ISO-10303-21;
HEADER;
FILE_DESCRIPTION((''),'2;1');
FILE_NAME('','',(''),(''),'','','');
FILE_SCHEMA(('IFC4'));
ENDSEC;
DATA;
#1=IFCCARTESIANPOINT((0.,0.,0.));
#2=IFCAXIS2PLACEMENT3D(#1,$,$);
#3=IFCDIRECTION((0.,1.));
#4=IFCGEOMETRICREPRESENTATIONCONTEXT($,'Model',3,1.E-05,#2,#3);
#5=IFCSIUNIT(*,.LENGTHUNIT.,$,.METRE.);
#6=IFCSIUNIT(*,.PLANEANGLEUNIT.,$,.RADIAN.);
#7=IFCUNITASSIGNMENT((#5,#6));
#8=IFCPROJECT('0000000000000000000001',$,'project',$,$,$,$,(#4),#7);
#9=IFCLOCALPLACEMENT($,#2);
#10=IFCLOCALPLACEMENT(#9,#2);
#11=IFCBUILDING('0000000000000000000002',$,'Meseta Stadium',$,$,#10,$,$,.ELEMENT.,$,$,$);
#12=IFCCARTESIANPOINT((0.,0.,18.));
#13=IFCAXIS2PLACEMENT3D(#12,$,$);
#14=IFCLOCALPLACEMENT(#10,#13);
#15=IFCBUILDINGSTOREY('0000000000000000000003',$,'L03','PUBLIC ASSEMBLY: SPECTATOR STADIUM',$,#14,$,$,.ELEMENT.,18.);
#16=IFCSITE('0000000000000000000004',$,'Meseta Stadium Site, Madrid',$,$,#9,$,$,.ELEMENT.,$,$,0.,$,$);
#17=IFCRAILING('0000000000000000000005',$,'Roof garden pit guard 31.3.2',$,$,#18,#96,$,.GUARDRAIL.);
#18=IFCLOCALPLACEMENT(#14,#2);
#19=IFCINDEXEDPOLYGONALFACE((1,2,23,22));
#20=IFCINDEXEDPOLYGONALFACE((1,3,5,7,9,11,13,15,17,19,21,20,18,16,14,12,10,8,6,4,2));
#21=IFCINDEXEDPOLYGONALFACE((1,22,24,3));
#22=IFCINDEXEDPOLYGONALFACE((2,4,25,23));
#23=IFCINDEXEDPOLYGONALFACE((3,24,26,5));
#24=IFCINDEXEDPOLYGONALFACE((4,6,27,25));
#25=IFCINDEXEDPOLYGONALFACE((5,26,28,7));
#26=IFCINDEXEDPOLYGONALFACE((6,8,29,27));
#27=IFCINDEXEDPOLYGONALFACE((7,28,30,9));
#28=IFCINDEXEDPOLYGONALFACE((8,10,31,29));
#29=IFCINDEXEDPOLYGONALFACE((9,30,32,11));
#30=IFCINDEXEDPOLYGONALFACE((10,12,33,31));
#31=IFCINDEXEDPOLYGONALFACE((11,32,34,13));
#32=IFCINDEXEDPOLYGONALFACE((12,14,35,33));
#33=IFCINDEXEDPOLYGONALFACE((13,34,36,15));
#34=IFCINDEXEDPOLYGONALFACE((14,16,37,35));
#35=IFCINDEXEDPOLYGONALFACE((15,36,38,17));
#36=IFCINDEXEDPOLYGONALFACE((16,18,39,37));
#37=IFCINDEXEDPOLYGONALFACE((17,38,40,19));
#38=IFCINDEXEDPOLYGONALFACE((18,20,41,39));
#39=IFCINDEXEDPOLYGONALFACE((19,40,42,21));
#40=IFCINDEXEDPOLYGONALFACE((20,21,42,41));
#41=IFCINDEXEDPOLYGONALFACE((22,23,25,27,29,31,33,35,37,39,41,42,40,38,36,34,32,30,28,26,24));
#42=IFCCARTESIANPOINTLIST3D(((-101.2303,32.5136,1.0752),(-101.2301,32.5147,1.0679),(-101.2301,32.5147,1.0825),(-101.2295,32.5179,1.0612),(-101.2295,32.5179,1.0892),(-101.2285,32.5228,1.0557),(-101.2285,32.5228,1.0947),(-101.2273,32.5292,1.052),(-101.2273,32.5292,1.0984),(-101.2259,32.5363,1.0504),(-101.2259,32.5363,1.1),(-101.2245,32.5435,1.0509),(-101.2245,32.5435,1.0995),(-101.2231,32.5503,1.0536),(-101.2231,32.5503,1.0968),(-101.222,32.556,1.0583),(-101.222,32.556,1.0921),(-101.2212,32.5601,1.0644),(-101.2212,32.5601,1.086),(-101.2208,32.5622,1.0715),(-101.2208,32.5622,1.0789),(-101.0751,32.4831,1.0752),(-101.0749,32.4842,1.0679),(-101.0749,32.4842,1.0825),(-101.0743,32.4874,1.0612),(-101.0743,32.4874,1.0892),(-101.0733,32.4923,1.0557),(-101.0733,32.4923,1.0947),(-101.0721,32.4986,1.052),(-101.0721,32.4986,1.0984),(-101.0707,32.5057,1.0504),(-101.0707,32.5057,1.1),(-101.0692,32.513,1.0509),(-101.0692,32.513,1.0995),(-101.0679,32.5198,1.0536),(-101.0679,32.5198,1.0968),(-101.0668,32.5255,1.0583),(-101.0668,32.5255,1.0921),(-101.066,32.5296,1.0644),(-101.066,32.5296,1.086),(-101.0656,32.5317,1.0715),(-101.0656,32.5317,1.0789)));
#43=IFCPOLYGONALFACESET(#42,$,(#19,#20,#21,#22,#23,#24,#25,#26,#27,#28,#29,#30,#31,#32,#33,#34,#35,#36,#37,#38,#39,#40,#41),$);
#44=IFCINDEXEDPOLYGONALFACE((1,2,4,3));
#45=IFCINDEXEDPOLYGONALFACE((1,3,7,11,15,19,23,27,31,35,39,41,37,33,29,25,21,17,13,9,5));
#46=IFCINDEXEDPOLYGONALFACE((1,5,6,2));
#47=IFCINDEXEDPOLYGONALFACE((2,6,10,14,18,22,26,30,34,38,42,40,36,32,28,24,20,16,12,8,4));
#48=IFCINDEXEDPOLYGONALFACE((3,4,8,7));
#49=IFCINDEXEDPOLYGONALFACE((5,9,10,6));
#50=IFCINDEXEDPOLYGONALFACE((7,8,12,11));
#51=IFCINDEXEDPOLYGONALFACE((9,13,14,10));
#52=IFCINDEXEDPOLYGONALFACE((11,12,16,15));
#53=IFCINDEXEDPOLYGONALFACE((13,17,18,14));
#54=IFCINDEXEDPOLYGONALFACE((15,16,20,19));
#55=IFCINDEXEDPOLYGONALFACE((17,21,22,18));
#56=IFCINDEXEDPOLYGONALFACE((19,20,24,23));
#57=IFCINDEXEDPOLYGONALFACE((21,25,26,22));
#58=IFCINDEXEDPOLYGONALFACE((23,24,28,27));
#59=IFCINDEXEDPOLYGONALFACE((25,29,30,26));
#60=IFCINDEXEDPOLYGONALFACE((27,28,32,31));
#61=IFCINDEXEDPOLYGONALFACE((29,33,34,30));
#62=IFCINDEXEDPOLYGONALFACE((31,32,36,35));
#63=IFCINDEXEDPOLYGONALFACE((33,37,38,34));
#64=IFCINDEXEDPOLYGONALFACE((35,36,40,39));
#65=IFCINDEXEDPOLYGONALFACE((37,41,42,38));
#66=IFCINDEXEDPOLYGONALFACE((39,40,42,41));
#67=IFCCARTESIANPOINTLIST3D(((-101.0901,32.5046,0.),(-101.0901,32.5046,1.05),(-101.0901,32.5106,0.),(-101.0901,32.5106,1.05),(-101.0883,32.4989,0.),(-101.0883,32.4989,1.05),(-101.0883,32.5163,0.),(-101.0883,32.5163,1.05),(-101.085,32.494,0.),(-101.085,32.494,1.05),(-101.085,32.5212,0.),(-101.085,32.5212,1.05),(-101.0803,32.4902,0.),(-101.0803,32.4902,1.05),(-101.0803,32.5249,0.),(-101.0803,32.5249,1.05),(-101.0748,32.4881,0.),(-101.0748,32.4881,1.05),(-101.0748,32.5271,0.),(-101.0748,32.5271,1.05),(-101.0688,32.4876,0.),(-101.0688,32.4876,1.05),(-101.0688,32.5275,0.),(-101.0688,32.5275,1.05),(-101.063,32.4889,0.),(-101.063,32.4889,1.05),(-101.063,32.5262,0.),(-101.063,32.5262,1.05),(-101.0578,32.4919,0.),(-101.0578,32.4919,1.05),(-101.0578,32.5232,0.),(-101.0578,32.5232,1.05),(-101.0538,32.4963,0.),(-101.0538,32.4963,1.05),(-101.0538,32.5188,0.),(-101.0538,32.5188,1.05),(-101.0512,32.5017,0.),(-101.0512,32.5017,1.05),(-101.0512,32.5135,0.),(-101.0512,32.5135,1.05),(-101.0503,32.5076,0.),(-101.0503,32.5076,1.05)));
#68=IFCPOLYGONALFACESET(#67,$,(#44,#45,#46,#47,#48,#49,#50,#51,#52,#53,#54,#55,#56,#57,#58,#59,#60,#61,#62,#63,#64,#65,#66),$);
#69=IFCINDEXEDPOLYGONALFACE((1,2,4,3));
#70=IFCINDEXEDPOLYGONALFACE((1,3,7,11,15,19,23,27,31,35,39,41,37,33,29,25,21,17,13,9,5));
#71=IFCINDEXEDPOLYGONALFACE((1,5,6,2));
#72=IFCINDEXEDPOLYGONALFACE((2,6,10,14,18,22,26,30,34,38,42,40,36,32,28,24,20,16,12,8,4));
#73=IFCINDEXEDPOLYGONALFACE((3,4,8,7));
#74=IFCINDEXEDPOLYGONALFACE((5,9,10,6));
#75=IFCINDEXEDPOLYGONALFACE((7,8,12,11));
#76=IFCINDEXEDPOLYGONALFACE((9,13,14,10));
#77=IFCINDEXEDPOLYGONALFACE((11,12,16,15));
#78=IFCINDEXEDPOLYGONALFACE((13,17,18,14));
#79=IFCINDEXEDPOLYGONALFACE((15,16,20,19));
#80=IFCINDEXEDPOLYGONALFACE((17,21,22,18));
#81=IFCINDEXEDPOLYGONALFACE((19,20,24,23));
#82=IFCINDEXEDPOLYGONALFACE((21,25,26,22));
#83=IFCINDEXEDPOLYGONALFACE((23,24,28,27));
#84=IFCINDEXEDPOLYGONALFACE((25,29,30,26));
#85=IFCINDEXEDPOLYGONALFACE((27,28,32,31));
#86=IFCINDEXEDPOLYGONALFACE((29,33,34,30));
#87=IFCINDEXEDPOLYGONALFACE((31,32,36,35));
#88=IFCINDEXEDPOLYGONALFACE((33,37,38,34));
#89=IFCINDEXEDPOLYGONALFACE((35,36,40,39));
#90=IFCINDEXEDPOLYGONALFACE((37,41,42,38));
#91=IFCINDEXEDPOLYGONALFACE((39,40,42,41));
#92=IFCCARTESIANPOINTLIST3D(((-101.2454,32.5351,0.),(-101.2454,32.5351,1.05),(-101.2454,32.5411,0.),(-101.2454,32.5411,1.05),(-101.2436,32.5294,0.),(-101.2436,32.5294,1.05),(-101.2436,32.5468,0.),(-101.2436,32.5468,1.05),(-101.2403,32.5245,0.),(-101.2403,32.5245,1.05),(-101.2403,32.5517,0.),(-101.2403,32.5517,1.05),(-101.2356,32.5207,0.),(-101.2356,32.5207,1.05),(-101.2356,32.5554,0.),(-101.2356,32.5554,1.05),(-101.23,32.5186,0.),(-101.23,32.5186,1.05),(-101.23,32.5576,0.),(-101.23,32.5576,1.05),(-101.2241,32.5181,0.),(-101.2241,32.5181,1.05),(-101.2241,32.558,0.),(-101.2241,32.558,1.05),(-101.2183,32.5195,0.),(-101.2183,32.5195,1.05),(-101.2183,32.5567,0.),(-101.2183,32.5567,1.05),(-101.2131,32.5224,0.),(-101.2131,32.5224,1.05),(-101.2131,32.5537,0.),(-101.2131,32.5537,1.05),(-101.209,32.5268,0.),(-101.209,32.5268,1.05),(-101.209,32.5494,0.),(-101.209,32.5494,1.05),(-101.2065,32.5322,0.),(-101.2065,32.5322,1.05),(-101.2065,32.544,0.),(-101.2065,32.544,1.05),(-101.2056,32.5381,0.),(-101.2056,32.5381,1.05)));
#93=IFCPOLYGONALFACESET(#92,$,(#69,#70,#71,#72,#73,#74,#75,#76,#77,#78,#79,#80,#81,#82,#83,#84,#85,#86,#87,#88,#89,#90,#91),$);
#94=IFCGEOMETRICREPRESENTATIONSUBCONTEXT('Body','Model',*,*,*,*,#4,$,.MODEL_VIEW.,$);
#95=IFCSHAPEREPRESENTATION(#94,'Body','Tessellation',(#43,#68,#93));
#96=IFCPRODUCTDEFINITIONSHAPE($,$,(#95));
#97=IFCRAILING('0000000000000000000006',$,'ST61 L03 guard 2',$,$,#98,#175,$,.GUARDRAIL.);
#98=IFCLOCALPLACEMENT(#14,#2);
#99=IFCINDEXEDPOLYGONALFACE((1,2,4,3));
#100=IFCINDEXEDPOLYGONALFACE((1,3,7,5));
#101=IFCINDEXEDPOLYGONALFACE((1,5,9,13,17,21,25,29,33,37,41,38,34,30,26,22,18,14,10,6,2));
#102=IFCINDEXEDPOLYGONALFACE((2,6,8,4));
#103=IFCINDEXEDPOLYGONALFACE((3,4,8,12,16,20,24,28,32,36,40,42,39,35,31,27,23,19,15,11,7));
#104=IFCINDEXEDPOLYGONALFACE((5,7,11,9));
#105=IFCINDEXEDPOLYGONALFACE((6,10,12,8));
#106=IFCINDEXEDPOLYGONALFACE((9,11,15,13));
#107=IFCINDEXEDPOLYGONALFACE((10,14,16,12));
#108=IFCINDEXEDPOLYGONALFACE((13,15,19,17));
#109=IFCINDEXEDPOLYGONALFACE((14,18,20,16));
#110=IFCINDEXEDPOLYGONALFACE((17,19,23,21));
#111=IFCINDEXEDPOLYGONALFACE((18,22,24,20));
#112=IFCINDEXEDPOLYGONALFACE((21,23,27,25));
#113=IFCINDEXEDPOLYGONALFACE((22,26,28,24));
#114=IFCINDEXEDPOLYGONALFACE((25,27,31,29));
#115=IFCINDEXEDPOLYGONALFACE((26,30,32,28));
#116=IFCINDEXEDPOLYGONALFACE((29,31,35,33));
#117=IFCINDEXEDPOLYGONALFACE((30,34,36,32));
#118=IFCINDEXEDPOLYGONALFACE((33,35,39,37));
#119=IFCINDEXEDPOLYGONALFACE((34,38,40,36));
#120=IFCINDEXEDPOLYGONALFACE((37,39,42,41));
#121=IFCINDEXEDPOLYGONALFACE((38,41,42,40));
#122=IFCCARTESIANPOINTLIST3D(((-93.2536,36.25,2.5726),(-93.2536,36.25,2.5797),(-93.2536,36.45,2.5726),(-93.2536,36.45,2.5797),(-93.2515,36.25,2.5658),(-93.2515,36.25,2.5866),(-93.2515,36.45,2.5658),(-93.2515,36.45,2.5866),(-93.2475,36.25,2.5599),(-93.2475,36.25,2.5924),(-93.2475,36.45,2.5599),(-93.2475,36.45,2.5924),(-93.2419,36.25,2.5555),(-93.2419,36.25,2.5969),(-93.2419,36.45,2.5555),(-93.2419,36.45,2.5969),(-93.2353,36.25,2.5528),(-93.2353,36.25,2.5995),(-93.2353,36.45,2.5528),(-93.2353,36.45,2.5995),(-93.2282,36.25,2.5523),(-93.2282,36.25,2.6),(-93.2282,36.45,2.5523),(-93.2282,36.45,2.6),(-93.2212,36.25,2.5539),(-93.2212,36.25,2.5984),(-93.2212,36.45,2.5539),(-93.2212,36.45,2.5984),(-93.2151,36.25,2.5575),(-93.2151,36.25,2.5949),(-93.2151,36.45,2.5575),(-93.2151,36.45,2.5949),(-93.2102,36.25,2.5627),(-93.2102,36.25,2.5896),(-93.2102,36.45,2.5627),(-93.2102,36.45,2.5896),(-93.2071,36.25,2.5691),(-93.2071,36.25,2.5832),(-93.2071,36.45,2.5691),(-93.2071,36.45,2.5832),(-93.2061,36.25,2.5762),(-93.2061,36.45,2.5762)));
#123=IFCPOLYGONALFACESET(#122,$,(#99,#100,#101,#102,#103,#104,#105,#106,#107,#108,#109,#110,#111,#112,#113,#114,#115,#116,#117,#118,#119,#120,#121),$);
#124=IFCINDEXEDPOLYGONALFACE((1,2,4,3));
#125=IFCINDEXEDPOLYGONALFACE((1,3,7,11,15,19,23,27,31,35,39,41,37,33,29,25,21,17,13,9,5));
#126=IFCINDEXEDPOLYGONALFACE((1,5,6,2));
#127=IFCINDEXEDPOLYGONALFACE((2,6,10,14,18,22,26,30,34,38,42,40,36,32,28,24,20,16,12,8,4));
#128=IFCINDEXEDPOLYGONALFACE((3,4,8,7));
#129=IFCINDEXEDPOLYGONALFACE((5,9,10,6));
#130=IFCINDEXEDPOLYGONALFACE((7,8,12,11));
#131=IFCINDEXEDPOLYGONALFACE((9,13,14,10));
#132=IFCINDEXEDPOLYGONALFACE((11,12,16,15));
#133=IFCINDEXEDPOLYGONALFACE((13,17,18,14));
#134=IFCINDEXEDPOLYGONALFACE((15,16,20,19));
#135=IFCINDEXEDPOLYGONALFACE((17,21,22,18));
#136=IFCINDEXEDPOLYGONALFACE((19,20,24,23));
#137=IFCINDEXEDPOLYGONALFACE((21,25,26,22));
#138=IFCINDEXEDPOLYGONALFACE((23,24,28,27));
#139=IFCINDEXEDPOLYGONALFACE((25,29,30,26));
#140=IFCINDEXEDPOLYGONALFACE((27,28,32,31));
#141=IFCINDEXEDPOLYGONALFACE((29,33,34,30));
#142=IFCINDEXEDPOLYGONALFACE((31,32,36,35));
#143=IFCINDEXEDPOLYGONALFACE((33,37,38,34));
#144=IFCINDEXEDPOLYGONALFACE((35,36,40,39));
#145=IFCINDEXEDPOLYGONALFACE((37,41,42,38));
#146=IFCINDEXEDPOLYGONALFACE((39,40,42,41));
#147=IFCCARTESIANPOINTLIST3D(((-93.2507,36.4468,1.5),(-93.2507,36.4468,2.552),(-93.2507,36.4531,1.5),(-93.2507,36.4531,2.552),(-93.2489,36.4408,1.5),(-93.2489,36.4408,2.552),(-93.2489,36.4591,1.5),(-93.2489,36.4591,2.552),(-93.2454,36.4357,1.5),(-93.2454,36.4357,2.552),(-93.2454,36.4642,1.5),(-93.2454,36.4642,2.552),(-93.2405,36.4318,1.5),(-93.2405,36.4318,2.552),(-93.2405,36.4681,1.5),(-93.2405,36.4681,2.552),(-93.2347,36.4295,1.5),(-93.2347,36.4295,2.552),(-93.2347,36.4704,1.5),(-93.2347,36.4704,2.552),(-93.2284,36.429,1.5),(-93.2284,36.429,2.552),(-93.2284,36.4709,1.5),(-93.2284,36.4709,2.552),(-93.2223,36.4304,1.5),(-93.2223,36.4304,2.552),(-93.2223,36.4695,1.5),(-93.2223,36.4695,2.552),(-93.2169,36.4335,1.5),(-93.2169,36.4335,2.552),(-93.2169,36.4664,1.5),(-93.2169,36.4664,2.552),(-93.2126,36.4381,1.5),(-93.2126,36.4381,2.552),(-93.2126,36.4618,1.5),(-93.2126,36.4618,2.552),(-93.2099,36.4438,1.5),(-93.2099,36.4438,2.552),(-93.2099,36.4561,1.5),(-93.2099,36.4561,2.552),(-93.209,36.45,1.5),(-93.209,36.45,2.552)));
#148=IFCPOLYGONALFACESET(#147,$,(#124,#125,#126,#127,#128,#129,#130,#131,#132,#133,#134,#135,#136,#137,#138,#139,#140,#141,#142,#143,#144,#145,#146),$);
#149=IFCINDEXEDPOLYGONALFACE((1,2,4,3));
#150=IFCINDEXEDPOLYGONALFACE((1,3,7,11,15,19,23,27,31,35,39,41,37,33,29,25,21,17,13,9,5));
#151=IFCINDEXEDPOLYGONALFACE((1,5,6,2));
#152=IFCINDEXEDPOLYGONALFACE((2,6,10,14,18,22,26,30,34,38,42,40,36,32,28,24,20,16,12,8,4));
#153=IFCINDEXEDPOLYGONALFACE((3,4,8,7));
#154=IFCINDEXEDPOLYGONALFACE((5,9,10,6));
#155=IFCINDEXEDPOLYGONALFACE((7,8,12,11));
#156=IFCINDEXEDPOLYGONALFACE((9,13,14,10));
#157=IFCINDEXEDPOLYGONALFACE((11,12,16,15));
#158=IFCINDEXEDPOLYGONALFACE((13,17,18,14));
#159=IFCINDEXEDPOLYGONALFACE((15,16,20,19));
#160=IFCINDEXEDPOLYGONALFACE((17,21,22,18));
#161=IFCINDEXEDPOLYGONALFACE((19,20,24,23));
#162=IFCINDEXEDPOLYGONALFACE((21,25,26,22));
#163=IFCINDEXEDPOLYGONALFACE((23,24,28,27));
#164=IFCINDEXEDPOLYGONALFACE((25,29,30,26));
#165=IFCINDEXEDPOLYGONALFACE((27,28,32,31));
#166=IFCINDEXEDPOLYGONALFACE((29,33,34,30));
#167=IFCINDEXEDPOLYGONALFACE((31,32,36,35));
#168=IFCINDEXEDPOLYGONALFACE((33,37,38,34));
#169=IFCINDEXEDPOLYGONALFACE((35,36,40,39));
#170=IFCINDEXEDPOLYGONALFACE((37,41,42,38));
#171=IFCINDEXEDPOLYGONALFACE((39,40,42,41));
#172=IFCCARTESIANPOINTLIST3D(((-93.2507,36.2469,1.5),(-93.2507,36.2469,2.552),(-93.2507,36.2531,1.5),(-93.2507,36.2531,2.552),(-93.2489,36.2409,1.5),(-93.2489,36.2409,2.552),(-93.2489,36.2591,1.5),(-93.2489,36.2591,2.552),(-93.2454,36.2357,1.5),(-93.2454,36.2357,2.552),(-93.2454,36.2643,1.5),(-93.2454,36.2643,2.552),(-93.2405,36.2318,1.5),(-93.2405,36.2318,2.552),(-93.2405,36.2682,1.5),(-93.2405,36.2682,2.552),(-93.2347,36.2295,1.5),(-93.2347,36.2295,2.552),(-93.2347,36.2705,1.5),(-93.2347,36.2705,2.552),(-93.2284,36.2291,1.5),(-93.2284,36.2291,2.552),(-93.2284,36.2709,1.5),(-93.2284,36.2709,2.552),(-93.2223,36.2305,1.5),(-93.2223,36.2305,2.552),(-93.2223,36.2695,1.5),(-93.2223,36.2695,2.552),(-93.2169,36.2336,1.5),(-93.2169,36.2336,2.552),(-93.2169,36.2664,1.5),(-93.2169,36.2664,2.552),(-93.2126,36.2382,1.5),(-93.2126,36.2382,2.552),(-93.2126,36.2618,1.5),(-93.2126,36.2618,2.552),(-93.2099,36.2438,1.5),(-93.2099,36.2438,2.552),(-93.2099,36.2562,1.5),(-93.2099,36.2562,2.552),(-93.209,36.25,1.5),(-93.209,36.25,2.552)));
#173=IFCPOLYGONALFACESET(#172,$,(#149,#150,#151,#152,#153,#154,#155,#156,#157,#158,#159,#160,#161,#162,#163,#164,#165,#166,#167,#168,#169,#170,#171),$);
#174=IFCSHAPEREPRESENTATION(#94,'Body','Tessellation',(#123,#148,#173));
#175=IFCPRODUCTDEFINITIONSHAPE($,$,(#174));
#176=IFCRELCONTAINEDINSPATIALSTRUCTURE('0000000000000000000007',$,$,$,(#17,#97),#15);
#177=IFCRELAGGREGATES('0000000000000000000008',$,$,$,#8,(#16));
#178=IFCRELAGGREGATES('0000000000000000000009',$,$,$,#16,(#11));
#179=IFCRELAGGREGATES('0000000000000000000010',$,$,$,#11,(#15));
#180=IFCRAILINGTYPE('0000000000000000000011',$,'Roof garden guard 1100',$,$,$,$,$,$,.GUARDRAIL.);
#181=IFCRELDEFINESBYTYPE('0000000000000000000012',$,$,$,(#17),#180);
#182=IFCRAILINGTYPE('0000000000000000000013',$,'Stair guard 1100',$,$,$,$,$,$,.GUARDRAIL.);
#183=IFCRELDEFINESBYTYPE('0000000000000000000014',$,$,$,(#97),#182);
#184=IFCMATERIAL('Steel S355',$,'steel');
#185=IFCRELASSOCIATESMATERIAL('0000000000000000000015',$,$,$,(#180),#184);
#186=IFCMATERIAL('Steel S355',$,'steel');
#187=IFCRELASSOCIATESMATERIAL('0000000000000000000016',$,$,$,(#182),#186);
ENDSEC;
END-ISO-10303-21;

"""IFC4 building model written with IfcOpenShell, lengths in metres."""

from ifc_helpers import new_model, si_unit, direction, frame, origin, origin_2d, place, context, subcontext, project, spatial, circle, extrude, material, type_object, element, save


model = new_model("IFC4")

# Units and contexts
model_context = context("Model", 3, precision=1e-05, world=origin(), true_north=direction((0.0, 1.0)))
body_context = subcontext(model_context, "Body", "Model", "MODEL_VIEW")
ifc_project = project(units=[si_unit("LENGTHUNIT", "METRE"), si_unit("PLANEANGLEUNIT", "RADIAN")], contexts=[model_context])

# Site, building, storey
site_placement = place(None, origin())
site = spatial("IfcSite", under=ifc_project, at=site_placement, Name="Meseta Stadium Site, Madrid", CompositionType="ELEMENT", RefElevation=0.0)
building_placement = place(site_placement, origin())
building = spatial("IfcBuilding", under=site, at=building_placement, Name="Meseta Stadium", CompositionType="ELEMENT")
storey_placement = place(building_placement, frame((0.0, 0.0, 18.0)))
storey = spatial("IfcBuildingStorey", under=building, at=storey_placement, Name="L03", Description="PUBLIC ASSEMBLY: SPECTATOR STADIUM", CompositionType="ELEMENT", Elevation=18.0)

# Railings
ifc_material_1 = material(Name="Steel S355", Category="steel")
railing_type_1 = type_object("IfcRailingType", Name="Roof garden guard 1100", PredefinedType="GUARDRAIL", material=ifc_material_1)
railing_1_placement = place(storey_placement, frame((-101.0703, 32.5076, 0.0)))
element("IfcRailing", 1, at=railing_1_placement, inside=storey, type_object=railing_type_1, Name="Roof garden pit guard 31.3.2", PredefinedType="GUARDRAIL", context=body_context, shape_type="SweptSolid", body=[
    extrude(circle(Radius=0.0249, at=origin_2d()), frame((0.0, 0.0, 1.0752), z_axis=(-0.981228, 0.192851, 0.0), x_axis=(-0.192851, -0.981228, 0.0)), (0.0, 0.0, 1.0), 0.1582),
    extrude(circle(Radius=0.02, at=origin_2d()), origin(), (0.0, 0.0, 1.0), 1.05),
    extrude(circle(Radius=0.02, at=origin_2d()), frame((-0.1553, 0.0305, 0.0)), (0.0, 0.0, 1.0), 1.05),
])
ifc_material_2 = material(Name="Steel S355", Category="steel")
railing_type_2 = type_object("IfcRailingType", Name="Stair guard 1100", PredefinedType="GUARDRAIL", material=ifc_material_2)
for number, where, name in (
    (2, (-93.23, 36.45, 1.5), "ST61 L03 guard 2"),
):
    element("IfcRailing", number, at=place(storey_placement, frame(where)), inside=storey, type_object=railing_type_2, Name=name, PredefinedType="GUARDRAIL", context=body_context, shape_type="SweptSolid", body=[
        extrude(circle(Radius=0.0239, at=origin_2d()), frame((0.0, 0.0, 1.0762), z_axis=(0.0, -1.0, 0.0), x_axis=(1.0, 0.0, 0.0)), (0.0, 0.0, 1.0), 0.2),
        extrude(circle(Radius=0.021, at=origin_2d()), origin(), (0.0, 0.0, 1.0), 1.052),
        extrude(circle(Radius=0.021, at=origin_2d()), frame((0.0, -0.2, 0.0)), (0.0, 0.0, 1.0), 1.052),
    ])

save(model, "model.ifc")
